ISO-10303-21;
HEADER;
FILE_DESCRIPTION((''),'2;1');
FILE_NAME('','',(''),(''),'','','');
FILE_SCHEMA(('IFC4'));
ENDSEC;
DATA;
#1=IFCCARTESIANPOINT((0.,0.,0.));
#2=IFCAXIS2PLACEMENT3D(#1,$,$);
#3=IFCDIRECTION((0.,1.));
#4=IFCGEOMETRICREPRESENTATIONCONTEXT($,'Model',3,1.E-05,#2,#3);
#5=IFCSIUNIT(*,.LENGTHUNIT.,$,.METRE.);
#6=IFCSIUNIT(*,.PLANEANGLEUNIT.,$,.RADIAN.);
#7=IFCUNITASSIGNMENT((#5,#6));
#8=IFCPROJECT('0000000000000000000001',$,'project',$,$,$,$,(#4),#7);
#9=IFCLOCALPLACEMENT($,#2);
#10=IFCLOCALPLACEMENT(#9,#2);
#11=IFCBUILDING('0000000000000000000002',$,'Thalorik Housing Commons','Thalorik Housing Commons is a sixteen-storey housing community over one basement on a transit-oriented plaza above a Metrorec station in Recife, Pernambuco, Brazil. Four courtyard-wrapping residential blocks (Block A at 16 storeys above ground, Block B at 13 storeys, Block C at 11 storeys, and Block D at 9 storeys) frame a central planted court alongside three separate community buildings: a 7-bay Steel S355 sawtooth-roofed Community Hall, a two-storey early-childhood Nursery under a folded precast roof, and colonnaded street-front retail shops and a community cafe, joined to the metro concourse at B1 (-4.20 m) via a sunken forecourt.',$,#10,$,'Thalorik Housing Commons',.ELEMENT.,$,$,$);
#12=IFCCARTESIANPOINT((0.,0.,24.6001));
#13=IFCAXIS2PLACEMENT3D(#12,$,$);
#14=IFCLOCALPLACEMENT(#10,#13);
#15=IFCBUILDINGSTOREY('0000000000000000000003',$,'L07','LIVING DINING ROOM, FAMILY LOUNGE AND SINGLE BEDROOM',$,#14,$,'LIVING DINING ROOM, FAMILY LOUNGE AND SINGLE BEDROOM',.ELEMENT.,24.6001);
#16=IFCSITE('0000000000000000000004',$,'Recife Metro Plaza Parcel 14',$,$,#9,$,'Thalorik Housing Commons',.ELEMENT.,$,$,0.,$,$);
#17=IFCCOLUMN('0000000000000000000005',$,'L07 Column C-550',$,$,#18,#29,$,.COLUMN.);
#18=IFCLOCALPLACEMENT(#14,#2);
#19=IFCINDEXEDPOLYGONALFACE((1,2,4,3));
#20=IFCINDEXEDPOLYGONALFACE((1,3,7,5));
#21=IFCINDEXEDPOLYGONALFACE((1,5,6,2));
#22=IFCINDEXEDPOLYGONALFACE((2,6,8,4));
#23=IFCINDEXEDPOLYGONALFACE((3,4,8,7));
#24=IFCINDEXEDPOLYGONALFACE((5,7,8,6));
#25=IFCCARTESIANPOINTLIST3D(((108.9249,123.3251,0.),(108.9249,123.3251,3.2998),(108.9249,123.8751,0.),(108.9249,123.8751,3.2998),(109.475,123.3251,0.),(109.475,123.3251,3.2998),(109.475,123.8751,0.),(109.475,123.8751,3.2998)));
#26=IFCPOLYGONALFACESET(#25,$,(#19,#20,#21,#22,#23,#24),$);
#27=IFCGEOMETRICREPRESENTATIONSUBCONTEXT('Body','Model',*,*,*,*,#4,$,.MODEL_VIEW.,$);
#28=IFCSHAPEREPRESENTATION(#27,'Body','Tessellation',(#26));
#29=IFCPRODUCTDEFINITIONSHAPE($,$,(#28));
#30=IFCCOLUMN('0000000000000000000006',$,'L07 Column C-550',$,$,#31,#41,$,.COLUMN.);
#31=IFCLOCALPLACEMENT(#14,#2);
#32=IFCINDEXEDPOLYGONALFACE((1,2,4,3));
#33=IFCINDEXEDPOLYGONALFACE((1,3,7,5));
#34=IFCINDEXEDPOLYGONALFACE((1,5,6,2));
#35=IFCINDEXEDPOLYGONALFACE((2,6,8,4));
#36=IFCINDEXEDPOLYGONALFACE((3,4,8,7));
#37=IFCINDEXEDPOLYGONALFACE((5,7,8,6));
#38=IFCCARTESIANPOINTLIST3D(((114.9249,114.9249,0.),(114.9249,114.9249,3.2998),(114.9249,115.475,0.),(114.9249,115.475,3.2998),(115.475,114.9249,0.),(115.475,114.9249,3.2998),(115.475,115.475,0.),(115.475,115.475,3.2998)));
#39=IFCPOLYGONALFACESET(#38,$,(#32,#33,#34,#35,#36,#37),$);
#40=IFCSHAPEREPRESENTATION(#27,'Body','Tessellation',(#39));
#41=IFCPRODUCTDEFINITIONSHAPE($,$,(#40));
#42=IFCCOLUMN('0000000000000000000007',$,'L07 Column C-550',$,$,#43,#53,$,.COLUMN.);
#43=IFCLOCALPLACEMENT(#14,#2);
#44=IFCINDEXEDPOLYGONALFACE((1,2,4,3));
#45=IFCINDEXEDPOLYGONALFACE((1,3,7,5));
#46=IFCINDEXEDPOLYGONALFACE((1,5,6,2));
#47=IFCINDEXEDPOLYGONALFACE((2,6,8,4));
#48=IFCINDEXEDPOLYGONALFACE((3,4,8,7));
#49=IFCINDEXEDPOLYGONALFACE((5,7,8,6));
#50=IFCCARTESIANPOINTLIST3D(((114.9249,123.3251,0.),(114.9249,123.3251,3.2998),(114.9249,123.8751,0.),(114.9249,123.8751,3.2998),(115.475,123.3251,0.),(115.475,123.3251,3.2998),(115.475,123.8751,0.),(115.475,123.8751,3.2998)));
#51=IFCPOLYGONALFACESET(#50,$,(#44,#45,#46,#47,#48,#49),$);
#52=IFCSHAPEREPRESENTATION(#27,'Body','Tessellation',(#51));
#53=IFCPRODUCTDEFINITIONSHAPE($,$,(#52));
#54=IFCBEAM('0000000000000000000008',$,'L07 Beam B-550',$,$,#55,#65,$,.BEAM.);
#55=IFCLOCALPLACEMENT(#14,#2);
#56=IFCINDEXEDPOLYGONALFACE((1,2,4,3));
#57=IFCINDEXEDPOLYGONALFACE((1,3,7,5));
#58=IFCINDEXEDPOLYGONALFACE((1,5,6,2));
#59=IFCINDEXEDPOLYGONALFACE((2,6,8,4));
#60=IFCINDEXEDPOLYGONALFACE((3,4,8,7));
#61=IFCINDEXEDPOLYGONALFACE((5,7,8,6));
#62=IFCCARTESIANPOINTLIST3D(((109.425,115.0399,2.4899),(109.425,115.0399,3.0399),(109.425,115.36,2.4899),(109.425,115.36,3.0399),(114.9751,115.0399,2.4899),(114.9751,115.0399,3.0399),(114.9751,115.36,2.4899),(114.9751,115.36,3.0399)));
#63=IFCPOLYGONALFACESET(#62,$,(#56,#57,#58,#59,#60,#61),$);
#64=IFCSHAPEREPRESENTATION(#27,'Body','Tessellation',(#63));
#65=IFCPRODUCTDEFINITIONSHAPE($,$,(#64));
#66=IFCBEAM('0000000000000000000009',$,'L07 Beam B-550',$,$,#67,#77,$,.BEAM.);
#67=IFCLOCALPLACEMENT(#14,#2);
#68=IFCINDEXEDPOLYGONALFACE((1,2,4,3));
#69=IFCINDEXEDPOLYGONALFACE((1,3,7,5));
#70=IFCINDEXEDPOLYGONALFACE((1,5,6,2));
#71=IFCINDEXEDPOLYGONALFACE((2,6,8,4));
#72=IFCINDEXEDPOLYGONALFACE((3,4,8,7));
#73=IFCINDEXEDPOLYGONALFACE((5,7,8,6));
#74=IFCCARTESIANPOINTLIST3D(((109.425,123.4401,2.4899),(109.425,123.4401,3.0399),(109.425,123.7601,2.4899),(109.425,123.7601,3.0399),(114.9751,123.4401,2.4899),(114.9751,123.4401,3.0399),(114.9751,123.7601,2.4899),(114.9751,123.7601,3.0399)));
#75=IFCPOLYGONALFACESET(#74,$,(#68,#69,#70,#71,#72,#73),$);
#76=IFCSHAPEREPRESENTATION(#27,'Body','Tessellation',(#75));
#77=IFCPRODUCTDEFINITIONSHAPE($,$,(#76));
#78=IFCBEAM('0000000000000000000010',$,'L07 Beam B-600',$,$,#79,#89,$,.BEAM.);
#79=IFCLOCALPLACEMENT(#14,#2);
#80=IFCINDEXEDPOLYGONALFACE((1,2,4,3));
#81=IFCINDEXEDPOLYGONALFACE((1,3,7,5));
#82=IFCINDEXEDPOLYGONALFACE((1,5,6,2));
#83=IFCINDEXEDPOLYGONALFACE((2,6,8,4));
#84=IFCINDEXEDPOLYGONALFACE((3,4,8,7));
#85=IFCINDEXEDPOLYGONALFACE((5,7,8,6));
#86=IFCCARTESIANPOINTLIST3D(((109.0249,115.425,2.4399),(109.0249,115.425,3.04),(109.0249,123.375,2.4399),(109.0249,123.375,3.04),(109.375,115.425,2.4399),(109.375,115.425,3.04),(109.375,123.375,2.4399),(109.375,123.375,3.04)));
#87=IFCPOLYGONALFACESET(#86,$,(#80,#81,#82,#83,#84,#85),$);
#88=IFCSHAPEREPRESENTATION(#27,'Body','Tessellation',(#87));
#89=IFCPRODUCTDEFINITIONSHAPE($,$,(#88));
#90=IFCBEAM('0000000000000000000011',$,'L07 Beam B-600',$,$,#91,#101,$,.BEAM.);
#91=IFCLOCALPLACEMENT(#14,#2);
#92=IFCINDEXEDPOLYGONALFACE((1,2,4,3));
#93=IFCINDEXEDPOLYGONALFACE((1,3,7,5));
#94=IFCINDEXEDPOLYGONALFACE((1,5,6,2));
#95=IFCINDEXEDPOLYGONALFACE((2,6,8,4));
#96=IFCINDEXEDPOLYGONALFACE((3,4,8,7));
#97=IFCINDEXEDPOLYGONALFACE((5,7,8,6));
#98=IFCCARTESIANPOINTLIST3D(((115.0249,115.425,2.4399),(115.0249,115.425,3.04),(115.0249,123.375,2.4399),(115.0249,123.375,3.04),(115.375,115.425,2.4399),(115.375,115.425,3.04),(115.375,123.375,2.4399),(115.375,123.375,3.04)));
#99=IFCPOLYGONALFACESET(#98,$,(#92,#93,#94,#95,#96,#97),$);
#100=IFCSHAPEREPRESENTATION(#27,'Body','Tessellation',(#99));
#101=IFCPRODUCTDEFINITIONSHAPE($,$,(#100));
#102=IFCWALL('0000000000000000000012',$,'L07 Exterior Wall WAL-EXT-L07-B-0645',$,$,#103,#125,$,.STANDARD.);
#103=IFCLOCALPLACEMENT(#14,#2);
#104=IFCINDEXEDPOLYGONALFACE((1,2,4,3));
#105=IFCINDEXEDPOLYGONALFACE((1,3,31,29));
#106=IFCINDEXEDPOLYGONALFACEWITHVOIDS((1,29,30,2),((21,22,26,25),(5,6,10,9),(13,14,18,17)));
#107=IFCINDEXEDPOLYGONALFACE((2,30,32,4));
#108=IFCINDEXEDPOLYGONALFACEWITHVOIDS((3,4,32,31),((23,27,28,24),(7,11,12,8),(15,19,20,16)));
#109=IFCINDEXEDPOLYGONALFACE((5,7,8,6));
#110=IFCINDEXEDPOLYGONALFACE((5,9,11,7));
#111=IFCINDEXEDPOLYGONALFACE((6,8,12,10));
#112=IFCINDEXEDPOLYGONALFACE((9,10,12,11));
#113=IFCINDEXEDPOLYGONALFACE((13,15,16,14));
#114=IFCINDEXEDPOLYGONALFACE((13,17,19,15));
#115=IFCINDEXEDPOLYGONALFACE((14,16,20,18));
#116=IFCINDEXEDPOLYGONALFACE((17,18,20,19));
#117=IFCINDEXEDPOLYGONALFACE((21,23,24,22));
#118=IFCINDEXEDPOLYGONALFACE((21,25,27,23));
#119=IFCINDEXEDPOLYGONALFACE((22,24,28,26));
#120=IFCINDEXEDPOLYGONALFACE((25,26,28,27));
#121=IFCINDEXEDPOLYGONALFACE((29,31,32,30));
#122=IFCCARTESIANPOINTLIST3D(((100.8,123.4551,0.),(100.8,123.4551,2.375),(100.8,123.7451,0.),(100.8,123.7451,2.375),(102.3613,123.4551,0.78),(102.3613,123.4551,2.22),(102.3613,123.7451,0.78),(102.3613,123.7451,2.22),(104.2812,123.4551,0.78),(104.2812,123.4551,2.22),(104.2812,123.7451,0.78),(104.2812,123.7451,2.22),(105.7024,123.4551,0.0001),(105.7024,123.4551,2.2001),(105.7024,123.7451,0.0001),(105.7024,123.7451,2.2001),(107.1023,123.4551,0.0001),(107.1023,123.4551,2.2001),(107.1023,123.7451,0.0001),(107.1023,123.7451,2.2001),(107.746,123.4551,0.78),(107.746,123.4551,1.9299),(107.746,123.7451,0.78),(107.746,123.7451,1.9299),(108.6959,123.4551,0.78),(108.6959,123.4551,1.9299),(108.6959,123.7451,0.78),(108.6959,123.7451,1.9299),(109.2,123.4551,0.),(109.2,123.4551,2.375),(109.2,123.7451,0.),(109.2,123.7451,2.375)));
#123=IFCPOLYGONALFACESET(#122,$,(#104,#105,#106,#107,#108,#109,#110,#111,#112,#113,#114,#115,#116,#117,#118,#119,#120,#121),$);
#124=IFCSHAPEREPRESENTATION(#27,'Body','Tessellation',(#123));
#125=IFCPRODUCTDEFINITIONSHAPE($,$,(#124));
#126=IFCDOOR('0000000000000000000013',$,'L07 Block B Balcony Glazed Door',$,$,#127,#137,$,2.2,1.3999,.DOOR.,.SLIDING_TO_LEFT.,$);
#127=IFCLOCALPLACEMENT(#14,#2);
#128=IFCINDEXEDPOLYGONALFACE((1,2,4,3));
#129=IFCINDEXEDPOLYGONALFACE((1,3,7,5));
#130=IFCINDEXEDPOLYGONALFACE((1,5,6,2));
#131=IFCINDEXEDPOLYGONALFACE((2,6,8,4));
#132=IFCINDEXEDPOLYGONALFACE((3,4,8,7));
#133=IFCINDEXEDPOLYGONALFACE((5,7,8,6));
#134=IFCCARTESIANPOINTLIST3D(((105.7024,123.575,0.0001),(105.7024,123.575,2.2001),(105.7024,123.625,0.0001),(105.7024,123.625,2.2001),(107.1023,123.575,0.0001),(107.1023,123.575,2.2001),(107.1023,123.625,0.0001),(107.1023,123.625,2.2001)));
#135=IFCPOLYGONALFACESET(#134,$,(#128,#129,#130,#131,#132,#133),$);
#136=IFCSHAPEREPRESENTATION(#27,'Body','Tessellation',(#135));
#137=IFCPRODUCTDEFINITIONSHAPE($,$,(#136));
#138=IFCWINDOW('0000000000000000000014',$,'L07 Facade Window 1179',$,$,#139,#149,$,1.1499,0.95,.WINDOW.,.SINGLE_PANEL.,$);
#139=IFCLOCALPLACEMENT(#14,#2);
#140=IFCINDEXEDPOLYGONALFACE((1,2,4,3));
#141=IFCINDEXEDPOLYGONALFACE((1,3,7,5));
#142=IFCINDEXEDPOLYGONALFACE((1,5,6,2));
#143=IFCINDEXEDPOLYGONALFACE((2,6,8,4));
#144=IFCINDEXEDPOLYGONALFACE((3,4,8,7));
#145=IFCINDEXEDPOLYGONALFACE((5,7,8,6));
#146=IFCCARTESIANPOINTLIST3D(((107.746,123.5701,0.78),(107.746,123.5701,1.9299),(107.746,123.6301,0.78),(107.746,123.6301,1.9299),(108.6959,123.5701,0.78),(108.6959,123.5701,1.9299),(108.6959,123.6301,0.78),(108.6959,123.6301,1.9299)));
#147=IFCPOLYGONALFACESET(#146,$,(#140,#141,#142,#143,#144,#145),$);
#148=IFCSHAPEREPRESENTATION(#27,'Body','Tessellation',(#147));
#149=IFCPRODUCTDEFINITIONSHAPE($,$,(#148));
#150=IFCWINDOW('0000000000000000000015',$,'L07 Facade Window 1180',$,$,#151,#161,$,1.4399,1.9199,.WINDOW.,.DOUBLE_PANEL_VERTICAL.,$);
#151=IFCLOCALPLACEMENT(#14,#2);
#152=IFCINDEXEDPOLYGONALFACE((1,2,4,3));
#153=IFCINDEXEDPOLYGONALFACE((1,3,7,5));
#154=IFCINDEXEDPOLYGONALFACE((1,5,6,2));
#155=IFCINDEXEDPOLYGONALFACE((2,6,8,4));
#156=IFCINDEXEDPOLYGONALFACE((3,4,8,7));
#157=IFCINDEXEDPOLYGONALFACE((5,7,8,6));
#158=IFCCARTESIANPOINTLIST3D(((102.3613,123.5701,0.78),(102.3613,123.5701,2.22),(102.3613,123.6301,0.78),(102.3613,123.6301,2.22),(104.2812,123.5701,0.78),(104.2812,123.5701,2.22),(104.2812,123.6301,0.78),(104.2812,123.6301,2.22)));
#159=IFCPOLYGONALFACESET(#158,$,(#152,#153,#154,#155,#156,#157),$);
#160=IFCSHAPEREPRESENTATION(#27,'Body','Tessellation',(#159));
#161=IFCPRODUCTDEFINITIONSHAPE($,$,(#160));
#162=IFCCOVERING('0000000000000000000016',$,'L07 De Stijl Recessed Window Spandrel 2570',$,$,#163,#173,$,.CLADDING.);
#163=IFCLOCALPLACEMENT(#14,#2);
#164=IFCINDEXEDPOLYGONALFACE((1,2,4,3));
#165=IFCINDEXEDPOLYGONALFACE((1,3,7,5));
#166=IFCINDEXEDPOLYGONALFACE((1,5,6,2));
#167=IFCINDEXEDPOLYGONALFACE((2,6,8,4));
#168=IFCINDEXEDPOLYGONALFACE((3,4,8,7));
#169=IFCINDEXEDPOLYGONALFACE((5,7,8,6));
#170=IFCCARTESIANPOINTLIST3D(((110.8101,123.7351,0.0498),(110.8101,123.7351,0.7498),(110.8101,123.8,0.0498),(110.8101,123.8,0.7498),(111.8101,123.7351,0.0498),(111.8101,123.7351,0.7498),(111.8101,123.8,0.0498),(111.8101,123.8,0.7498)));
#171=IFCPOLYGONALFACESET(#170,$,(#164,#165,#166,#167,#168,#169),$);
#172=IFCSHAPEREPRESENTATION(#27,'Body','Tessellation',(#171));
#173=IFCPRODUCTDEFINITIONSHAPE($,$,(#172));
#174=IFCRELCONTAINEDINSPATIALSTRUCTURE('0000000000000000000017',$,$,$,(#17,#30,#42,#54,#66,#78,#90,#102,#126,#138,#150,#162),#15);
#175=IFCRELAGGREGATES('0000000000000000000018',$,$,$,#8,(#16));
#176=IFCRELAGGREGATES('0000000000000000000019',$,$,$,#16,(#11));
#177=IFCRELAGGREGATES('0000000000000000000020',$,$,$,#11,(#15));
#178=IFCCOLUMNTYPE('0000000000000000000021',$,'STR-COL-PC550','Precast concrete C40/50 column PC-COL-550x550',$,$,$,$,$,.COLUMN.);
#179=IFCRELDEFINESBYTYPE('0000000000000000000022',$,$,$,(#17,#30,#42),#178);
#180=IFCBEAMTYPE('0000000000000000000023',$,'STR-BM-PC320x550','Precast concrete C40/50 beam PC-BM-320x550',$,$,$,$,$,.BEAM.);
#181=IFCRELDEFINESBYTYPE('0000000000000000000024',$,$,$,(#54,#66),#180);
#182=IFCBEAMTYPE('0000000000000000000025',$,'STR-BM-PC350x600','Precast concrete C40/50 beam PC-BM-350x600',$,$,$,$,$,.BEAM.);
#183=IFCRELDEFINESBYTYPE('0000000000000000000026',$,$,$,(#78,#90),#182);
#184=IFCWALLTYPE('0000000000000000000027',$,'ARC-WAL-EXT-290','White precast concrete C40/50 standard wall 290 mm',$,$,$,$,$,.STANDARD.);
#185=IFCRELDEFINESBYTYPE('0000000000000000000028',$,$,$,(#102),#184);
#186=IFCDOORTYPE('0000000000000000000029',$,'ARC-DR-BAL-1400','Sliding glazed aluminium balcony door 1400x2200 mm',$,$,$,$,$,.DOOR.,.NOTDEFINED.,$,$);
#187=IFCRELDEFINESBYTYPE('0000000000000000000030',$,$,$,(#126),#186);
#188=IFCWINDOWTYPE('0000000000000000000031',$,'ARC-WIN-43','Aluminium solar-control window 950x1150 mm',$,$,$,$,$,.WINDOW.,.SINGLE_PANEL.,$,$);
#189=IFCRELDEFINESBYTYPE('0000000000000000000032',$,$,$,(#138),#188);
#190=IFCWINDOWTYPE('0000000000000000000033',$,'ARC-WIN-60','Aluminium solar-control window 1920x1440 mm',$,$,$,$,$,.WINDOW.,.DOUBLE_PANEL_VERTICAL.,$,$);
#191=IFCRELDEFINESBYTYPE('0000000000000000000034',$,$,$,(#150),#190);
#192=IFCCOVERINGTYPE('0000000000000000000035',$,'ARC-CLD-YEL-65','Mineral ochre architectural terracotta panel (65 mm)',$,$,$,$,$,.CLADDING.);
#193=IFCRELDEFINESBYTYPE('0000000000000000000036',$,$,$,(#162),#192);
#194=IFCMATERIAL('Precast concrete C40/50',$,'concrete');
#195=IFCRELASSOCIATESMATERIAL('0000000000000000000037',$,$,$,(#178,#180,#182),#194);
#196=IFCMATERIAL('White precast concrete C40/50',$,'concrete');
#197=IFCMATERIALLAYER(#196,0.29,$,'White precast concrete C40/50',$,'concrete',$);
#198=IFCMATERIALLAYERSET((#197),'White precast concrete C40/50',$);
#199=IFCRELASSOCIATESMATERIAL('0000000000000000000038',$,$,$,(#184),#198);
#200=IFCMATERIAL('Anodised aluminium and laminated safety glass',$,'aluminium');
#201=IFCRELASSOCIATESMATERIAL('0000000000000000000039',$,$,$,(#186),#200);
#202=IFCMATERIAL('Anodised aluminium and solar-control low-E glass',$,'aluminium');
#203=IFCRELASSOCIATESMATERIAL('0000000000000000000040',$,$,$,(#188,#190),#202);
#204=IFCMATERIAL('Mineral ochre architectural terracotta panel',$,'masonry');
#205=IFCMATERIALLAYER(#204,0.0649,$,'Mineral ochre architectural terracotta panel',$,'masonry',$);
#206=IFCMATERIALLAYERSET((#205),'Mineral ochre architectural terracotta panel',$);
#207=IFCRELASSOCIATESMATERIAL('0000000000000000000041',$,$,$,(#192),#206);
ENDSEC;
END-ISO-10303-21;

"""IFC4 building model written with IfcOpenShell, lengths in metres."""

from ifc_helpers import new_model, si_unit, direction, frame, frame_2d, origin, origin_2d, place, context, subcontext, project, spatial, rectangle, extrude, material, layer, layer_set, material_profile, profile_set, type_object, element, fill, save


model = new_model("IFC4")

# Units and contexts
model_context = context("Model", 3, precision=1e-05, world=origin(), true_north=direction((0.0, 1.0)))
body_context = subcontext(model_context, "Body", "Model", "MODEL_VIEW")
ifc_project = project(units=[si_unit("LENGTHUNIT", "METRE"), si_unit("PLANEANGLEUNIT", "RADIAN")], contexts=[model_context])

# Site, building, storey
site_placement = place(None, origin())
site = spatial("IfcSite", under=ifc_project, at=site_placement, Name="Recife Metro Plaza Parcel 14", LongName="Thalorik Housing Commons", CompositionType="ELEMENT", RefElevation=0.0)
building_placement = place(site_placement, origin())
building = spatial("IfcBuilding", under=site, at=building_placement, Name="Thalorik Housing Commons", Description="Thalorik Housing Commons is a sixteen-storey housing community over one basement on a transit-oriented plaza above a Metrorec station in Recife, Pernambuco, Brazil. Four courtyard-wrapping residential blocks (Block A at 16 storeys above ground, Block B at 13 storeys, Block C at 11 storeys, and Block D at 9 storeys) frame a central planted court alongside three separate community buildings: a 7-bay Steel S355 sawtooth-roofed Community Hall, a two-storey early-childhood Nursery under a folded precast roof, and colonnaded street-front retail shops and a community cafe, joined to the metro concourse at B1 (-4.20 m) via a sunken forecourt.", LongName="Thalorik Housing Commons", CompositionType="ELEMENT")
storey_placement = place(building_placement, frame((0.0, 0.0, 24.6001)))
storey = spatial("IfcBuildingStorey", under=building, at=storey_placement, Name="L07", Description="LIVING DINING ROOM, FAMILY LOUNGE AND SINGLE BEDROOM", LongName="LIVING DINING ROOM, FAMILY LOUNGE AND SINGLE BEDROOM", CompositionType="ELEMENT", Elevation=24.6001)

# Columns
ifc_material_1 = material(Name="Precast concrete C40/50", Category="concrete")
ifc_material_profile_1 = material_profile(ifc_material_1, rectangle(XDim=0.55, YDim=0.55, at=origin_2d()), Name="PC 550x550", Category="concrete")
ifc_profile_set_1 = profile_set([ifc_material_profile_1], Name="Precast concrete C40/50")
column_type = type_object("IfcColumnType", Name="STR-COL-PC550", Description="Precast concrete C40/50 column PC-COL-550x550", PredefinedType="COLUMN", material=ifc_profile_set_1)
for number, where, z_axis, x_axis, name in (
    (1, (109.2, 123.6001, 0.0), (0.0, 0.0, 1.0), (1.0, 0.0, 0.0), "L07 Column C-550"),
    (2, (115.2, 115.2, 0.0), (0.0, 0.0, 1.0), (1.0, 0.0, 0.0), "L07 Column C-550"),
    (3, (115.2, 123.6001, 0.0), (0.0, 0.0, 1.0), (1.0, 0.0, 0.0), "L07 Column C-550"),
):
    element("IfcColumn", number, at=place(storey_placement, frame(where, z_axis=z_axis, x_axis=x_axis)), inside=storey, type_object=column_type, Name=name, PredefinedType="COLUMN", context=body_context, shape_type="SweptSolid", body=[
        extrude(rectangle(XDim=0.55, YDim=0.55, at=origin_2d()), origin(), (0.0, 0.0, 1.0), 3.2998),
    ])

# Beams
ifc_material_profile_2 = material_profile(ifc_material_1, rectangle(XDim=0.3201, YDim=0.55, at=origin_2d()), Name="PC 320x550", Category="concrete")
ifc_profile_set_2 = profile_set([ifc_material_profile_2], Name="Precast concrete C40/50")
beam_type_1 = type_object("IfcBeamType", Name="STR-BM-PC320x550", Description="Precast concrete C40/50 beam PC-BM-320x550", PredefinedType="BEAM", material=ifc_profile_set_2)
for number, where, z_axis, x_axis, name in (
    (4, (109.425, 115.2, 2.7649), (1.0, 0.0, 0.0), (0.0, 1.0, 0.0), "L07 Beam B-550"),
    (5, (109.425, 123.6001, 2.7649), (1.0, 0.0, 0.0), (0.0, 1.0, 0.0), "L07 Beam B-550"),
):
    element("IfcBeam", number, at=place(storey_placement, frame(where, z_axis=z_axis, x_axis=x_axis)), inside=storey, type_object=beam_type_1, Name=name, PredefinedType="BEAM", context=body_context, shape_type="SweptSolid", body=[
        extrude(rectangle(XDim=0.3201, YDim=0.55, at=origin_2d()), origin(), (0.0, 0.0, 1.0), 5.55),
    ])
ifc_material_profile_3 = material_profile(ifc_material_1, rectangle(XDim=0.3501, YDim=0.6001, at=origin_2d()), Name="PC 350x600", Category="concrete")
ifc_profile_set_3 = profile_set([ifc_material_profile_3], Name="Precast concrete C40/50")
beam_type_2 = type_object("IfcBeamType", Name="STR-BM-PC350x600", Description="Precast concrete C40/50 beam PC-BM-350x600", PredefinedType="BEAM", material=ifc_profile_set_3)
for number, where, z_axis, x_axis, name in (
    (6, (109.2, 115.425, 2.74), (0.0, 1.0, 0.0), (-1.0, 0.0, 0.0), "L07 Beam B-600"),
    (7, (115.2, 115.425, 2.74), (0.0, 1.0, 0.0), (-1.0, 0.0, 0.0), "L07 Beam B-600"),
):
    element("IfcBeam", number, at=place(storey_placement, frame(where, z_axis=z_axis, x_axis=x_axis)), inside=storey, type_object=beam_type_2, Name=name, PredefinedType="BEAM", context=body_context, shape_type="SweptSolid", body=[
        extrude(rectangle(XDim=0.3501, YDim=0.6001, at=origin_2d()), origin(), (0.0, 0.0, 1.0), 7.95),
    ])

# Wall, openings, door, windows
ifc_material_2 = material(Name="White precast concrete C40/50", Category="concrete")
ifc_layer_1 = layer(ifc_material_2, 0.29, Name="White precast concrete C40/50", Category="concrete")
ifc_layer_set_1 = layer_set([ifc_layer_1], Name="White precast concrete C40/50")
wall_type = type_object("IfcWallType", Name="ARC-WAL-EXT-290", Description="White precast concrete C40/50 standard wall 290 mm", PredefinedType="STANDARD", material=ifc_layer_set_1)
wall_placement = place(storey_placement, frame((109.2, 123.6001, 0.0), z_axis=(0.0, 0.0, 1.0), x_axis=(-1.0, 0.0, 0.0)))
wall = element("IfcWall", 8, at=wall_placement, inside=storey, type_object=wall_type, Name="L07 Exterior Wall WAL-EXT-L07-B-0645", PredefinedType="STANDARD", context=body_context, shape_type="SweptSolid", body=[
    extrude(rectangle(XDim=8.3999, YDim=0.29, at=frame_2d((4.2, 0.0))), origin(), (0.0, 0.0, 1.0), 2.375),
])
opening_1_placement = place(wall_placement, frame((2.0977, 0.0, 0.0)))
opening_1 = element("IfcOpeningElement", 9, at=opening_1_placement, cuts=wall, PredefinedType="OPENING", context=body_context, shape_type="SweptSolid", body=[
    extrude(rectangle(XDim=1.3999, YDim=2.2, at=frame_2d((0.7, 1.1001))), frame((0.0, 0.155, 0.0), z_axis=(0.0, -1.0, 0.0), x_axis=(1.0, 0.0, 0.0)), (0.0, 0.0, 1.0), 0.3101),
])
opening_2_placement = place(wall_placement, frame((0.5039, 0.0, 0.78)))
opening_2 = element("IfcOpeningElement", 10, at=opening_2_placement, cuts=wall, PredefinedType="OPENING", context=body_context, shape_type="SweptSolid", body=[
    extrude(rectangle(XDim=0.95, YDim=1.1499, at=frame_2d((0.4751, 0.575))), frame((0.0, 0.155, 0.0), z_axis=(0.0, -1.0, 0.0), x_axis=(1.0, 0.0, 0.0)), (0.0, 0.0, 1.0), 0.3101),
])
opening_3_placement = place(wall_placement, frame((4.9187, 0.0, 0.78)))
opening_3 = element("IfcOpeningElement", 11, at=opening_3_placement, cuts=wall, PredefinedType="OPENING", context=body_context, shape_type="SweptSolid", body=[
    extrude(rectangle(XDim=1.9199, YDim=1.4399, at=frame_2d((0.96, 0.72))), frame((0.0, 0.155, 0.0), z_axis=(0.0, -1.0, 0.0), x_axis=(1.0, 0.0, 0.0)), (0.0, 0.0, 1.0), 0.3101),
])
ifc_material_3 = material(Name="Anodised aluminium and laminated safety glass", Category="aluminium")
door_type = type_object("IfcDoorType", Name="ARC-DR-BAL-1400", Description="Sliding glazed aluminium balcony door 1400x2200 mm", OperationType="NOTDEFINED", PredefinedType="DOOR", material=ifc_material_3)
door_placement = place(opening_1_placement, frame((1.3999, 0.0, 0.0), z_axis=(0.0, 0.0, 1.0), x_axis=(-1.0, 0.0, 0.0)))
door = element("IfcDoor", 12, at=door_placement, inside=storey, type_object=door_type, Name="L07 Block B Balcony Glazed Door", OperationType="SLIDING_TO_LEFT", OverallHeight=2.2, OverallWidth=1.3999, PredefinedType="DOOR", context=body_context, shape_type="SweptSolid", body=[
    extrude(rectangle(XDim=1.3999, YDim=2.2, at=frame_2d((0.7, 1.1001))), frame((0.0, 0.0249, 0.0), z_axis=(0.0, -1.0, 0.0), x_axis=(1.0, 0.0, 0.0)), (0.0, 0.0, 1.0), 0.05),
])
fill(opening_1, door)
ifc_material_4 = material(Name="Anodised aluminium and solar-control low-E glass", Category="aluminium")
window_type_1 = type_object("IfcWindowType", Name="ARC-WIN-43", Description="Aluminium solar-control window 950x1150 mm", PartitioningType="SINGLE_PANEL", PredefinedType="WINDOW", material=ifc_material_4)
window_1_placement = place(opening_2_placement, origin())
window_1 = element("IfcWindow", 13, at=window_1_placement, inside=storey, type_object=window_type_1, Name="L07 Facade Window 1179", OverallHeight=1.1499, OverallWidth=0.95, PartitioningType="SINGLE_PANEL", PredefinedType="WINDOW", context=body_context, shape_type="SweptSolid", body=[
    extrude(rectangle(XDim=0.95, YDim=1.1499, at=frame_2d((0.4751, 0.575))), frame((0.0, 0.03, 0.0), z_axis=(0.0, -1.0, 0.0), x_axis=(1.0, 0.0, 0.0)), (0.0, 0.0, 1.0), 0.0601),
])
fill(opening_2, window_1)
window_type_2 = type_object("IfcWindowType", Name="ARC-WIN-60", Description="Aluminium solar-control window 1920x1440 mm", PartitioningType="DOUBLE_PANEL_VERTICAL", PredefinedType="WINDOW", material=ifc_material_4)
window_2_placement = place(opening_3_placement, origin())
window_2 = element("IfcWindow", 14, at=window_2_placement, inside=storey, type_object=window_type_2, Name="L07 Facade Window 1180", OverallHeight=1.4399, OverallWidth=1.9199, PartitioningType="DOUBLE_PANEL_VERTICAL", PredefinedType="WINDOW", context=body_context, shape_type="SweptSolid", body=[
    extrude(rectangle(XDim=1.9199, YDim=1.4399, at=frame_2d((0.96, 0.72))), frame((0.0, 0.03, 0.0), z_axis=(0.0, -1.0, 0.0), x_axis=(1.0, 0.0, 0.0)), (0.0, 0.0, 1.0), 0.0601),
])
fill(opening_3, window_2)

# Covering
ifc_material_5 = material(Name="Mineral ochre architectural terracotta panel", Category="masonry")
ifc_layer_2 = layer(ifc_material_5, 0.0649, Name="Mineral ochre architectural terracotta panel", Category="masonry")
ifc_layer_set_2 = layer_set([ifc_layer_2], Name="Mineral ochre architectural terracotta panel")
covering_type_1 = type_object("IfcCoveringType", Name="ARC-CLD-YEL-65", Description="Mineral ochre architectural terracotta panel (65 mm)", PredefinedType="CLADDING", material=ifc_layer_set_2)
covering_1_placement = place(storey_placement, frame((111.3101, 123.7676, 0.0498), z_axis=(0.0, 0.0, 1.0), x_axis=(-1.0, 0.0, 0.0)))
element("IfcCovering", 15, at=covering_1_placement, inside=storey, type_object=covering_type_1, Name="L07 De Stijl Recessed Window Spandrel 2570", PredefinedType="CLADDING", context=body_context, shape_type="SweptSolid", body=[
    extrude(rectangle(XDim=1.0, YDim=0.0649, at=origin_2d()), origin(), (0.0, 0.0, 1.0), 0.7),
])

save(model, "model.ifc")
